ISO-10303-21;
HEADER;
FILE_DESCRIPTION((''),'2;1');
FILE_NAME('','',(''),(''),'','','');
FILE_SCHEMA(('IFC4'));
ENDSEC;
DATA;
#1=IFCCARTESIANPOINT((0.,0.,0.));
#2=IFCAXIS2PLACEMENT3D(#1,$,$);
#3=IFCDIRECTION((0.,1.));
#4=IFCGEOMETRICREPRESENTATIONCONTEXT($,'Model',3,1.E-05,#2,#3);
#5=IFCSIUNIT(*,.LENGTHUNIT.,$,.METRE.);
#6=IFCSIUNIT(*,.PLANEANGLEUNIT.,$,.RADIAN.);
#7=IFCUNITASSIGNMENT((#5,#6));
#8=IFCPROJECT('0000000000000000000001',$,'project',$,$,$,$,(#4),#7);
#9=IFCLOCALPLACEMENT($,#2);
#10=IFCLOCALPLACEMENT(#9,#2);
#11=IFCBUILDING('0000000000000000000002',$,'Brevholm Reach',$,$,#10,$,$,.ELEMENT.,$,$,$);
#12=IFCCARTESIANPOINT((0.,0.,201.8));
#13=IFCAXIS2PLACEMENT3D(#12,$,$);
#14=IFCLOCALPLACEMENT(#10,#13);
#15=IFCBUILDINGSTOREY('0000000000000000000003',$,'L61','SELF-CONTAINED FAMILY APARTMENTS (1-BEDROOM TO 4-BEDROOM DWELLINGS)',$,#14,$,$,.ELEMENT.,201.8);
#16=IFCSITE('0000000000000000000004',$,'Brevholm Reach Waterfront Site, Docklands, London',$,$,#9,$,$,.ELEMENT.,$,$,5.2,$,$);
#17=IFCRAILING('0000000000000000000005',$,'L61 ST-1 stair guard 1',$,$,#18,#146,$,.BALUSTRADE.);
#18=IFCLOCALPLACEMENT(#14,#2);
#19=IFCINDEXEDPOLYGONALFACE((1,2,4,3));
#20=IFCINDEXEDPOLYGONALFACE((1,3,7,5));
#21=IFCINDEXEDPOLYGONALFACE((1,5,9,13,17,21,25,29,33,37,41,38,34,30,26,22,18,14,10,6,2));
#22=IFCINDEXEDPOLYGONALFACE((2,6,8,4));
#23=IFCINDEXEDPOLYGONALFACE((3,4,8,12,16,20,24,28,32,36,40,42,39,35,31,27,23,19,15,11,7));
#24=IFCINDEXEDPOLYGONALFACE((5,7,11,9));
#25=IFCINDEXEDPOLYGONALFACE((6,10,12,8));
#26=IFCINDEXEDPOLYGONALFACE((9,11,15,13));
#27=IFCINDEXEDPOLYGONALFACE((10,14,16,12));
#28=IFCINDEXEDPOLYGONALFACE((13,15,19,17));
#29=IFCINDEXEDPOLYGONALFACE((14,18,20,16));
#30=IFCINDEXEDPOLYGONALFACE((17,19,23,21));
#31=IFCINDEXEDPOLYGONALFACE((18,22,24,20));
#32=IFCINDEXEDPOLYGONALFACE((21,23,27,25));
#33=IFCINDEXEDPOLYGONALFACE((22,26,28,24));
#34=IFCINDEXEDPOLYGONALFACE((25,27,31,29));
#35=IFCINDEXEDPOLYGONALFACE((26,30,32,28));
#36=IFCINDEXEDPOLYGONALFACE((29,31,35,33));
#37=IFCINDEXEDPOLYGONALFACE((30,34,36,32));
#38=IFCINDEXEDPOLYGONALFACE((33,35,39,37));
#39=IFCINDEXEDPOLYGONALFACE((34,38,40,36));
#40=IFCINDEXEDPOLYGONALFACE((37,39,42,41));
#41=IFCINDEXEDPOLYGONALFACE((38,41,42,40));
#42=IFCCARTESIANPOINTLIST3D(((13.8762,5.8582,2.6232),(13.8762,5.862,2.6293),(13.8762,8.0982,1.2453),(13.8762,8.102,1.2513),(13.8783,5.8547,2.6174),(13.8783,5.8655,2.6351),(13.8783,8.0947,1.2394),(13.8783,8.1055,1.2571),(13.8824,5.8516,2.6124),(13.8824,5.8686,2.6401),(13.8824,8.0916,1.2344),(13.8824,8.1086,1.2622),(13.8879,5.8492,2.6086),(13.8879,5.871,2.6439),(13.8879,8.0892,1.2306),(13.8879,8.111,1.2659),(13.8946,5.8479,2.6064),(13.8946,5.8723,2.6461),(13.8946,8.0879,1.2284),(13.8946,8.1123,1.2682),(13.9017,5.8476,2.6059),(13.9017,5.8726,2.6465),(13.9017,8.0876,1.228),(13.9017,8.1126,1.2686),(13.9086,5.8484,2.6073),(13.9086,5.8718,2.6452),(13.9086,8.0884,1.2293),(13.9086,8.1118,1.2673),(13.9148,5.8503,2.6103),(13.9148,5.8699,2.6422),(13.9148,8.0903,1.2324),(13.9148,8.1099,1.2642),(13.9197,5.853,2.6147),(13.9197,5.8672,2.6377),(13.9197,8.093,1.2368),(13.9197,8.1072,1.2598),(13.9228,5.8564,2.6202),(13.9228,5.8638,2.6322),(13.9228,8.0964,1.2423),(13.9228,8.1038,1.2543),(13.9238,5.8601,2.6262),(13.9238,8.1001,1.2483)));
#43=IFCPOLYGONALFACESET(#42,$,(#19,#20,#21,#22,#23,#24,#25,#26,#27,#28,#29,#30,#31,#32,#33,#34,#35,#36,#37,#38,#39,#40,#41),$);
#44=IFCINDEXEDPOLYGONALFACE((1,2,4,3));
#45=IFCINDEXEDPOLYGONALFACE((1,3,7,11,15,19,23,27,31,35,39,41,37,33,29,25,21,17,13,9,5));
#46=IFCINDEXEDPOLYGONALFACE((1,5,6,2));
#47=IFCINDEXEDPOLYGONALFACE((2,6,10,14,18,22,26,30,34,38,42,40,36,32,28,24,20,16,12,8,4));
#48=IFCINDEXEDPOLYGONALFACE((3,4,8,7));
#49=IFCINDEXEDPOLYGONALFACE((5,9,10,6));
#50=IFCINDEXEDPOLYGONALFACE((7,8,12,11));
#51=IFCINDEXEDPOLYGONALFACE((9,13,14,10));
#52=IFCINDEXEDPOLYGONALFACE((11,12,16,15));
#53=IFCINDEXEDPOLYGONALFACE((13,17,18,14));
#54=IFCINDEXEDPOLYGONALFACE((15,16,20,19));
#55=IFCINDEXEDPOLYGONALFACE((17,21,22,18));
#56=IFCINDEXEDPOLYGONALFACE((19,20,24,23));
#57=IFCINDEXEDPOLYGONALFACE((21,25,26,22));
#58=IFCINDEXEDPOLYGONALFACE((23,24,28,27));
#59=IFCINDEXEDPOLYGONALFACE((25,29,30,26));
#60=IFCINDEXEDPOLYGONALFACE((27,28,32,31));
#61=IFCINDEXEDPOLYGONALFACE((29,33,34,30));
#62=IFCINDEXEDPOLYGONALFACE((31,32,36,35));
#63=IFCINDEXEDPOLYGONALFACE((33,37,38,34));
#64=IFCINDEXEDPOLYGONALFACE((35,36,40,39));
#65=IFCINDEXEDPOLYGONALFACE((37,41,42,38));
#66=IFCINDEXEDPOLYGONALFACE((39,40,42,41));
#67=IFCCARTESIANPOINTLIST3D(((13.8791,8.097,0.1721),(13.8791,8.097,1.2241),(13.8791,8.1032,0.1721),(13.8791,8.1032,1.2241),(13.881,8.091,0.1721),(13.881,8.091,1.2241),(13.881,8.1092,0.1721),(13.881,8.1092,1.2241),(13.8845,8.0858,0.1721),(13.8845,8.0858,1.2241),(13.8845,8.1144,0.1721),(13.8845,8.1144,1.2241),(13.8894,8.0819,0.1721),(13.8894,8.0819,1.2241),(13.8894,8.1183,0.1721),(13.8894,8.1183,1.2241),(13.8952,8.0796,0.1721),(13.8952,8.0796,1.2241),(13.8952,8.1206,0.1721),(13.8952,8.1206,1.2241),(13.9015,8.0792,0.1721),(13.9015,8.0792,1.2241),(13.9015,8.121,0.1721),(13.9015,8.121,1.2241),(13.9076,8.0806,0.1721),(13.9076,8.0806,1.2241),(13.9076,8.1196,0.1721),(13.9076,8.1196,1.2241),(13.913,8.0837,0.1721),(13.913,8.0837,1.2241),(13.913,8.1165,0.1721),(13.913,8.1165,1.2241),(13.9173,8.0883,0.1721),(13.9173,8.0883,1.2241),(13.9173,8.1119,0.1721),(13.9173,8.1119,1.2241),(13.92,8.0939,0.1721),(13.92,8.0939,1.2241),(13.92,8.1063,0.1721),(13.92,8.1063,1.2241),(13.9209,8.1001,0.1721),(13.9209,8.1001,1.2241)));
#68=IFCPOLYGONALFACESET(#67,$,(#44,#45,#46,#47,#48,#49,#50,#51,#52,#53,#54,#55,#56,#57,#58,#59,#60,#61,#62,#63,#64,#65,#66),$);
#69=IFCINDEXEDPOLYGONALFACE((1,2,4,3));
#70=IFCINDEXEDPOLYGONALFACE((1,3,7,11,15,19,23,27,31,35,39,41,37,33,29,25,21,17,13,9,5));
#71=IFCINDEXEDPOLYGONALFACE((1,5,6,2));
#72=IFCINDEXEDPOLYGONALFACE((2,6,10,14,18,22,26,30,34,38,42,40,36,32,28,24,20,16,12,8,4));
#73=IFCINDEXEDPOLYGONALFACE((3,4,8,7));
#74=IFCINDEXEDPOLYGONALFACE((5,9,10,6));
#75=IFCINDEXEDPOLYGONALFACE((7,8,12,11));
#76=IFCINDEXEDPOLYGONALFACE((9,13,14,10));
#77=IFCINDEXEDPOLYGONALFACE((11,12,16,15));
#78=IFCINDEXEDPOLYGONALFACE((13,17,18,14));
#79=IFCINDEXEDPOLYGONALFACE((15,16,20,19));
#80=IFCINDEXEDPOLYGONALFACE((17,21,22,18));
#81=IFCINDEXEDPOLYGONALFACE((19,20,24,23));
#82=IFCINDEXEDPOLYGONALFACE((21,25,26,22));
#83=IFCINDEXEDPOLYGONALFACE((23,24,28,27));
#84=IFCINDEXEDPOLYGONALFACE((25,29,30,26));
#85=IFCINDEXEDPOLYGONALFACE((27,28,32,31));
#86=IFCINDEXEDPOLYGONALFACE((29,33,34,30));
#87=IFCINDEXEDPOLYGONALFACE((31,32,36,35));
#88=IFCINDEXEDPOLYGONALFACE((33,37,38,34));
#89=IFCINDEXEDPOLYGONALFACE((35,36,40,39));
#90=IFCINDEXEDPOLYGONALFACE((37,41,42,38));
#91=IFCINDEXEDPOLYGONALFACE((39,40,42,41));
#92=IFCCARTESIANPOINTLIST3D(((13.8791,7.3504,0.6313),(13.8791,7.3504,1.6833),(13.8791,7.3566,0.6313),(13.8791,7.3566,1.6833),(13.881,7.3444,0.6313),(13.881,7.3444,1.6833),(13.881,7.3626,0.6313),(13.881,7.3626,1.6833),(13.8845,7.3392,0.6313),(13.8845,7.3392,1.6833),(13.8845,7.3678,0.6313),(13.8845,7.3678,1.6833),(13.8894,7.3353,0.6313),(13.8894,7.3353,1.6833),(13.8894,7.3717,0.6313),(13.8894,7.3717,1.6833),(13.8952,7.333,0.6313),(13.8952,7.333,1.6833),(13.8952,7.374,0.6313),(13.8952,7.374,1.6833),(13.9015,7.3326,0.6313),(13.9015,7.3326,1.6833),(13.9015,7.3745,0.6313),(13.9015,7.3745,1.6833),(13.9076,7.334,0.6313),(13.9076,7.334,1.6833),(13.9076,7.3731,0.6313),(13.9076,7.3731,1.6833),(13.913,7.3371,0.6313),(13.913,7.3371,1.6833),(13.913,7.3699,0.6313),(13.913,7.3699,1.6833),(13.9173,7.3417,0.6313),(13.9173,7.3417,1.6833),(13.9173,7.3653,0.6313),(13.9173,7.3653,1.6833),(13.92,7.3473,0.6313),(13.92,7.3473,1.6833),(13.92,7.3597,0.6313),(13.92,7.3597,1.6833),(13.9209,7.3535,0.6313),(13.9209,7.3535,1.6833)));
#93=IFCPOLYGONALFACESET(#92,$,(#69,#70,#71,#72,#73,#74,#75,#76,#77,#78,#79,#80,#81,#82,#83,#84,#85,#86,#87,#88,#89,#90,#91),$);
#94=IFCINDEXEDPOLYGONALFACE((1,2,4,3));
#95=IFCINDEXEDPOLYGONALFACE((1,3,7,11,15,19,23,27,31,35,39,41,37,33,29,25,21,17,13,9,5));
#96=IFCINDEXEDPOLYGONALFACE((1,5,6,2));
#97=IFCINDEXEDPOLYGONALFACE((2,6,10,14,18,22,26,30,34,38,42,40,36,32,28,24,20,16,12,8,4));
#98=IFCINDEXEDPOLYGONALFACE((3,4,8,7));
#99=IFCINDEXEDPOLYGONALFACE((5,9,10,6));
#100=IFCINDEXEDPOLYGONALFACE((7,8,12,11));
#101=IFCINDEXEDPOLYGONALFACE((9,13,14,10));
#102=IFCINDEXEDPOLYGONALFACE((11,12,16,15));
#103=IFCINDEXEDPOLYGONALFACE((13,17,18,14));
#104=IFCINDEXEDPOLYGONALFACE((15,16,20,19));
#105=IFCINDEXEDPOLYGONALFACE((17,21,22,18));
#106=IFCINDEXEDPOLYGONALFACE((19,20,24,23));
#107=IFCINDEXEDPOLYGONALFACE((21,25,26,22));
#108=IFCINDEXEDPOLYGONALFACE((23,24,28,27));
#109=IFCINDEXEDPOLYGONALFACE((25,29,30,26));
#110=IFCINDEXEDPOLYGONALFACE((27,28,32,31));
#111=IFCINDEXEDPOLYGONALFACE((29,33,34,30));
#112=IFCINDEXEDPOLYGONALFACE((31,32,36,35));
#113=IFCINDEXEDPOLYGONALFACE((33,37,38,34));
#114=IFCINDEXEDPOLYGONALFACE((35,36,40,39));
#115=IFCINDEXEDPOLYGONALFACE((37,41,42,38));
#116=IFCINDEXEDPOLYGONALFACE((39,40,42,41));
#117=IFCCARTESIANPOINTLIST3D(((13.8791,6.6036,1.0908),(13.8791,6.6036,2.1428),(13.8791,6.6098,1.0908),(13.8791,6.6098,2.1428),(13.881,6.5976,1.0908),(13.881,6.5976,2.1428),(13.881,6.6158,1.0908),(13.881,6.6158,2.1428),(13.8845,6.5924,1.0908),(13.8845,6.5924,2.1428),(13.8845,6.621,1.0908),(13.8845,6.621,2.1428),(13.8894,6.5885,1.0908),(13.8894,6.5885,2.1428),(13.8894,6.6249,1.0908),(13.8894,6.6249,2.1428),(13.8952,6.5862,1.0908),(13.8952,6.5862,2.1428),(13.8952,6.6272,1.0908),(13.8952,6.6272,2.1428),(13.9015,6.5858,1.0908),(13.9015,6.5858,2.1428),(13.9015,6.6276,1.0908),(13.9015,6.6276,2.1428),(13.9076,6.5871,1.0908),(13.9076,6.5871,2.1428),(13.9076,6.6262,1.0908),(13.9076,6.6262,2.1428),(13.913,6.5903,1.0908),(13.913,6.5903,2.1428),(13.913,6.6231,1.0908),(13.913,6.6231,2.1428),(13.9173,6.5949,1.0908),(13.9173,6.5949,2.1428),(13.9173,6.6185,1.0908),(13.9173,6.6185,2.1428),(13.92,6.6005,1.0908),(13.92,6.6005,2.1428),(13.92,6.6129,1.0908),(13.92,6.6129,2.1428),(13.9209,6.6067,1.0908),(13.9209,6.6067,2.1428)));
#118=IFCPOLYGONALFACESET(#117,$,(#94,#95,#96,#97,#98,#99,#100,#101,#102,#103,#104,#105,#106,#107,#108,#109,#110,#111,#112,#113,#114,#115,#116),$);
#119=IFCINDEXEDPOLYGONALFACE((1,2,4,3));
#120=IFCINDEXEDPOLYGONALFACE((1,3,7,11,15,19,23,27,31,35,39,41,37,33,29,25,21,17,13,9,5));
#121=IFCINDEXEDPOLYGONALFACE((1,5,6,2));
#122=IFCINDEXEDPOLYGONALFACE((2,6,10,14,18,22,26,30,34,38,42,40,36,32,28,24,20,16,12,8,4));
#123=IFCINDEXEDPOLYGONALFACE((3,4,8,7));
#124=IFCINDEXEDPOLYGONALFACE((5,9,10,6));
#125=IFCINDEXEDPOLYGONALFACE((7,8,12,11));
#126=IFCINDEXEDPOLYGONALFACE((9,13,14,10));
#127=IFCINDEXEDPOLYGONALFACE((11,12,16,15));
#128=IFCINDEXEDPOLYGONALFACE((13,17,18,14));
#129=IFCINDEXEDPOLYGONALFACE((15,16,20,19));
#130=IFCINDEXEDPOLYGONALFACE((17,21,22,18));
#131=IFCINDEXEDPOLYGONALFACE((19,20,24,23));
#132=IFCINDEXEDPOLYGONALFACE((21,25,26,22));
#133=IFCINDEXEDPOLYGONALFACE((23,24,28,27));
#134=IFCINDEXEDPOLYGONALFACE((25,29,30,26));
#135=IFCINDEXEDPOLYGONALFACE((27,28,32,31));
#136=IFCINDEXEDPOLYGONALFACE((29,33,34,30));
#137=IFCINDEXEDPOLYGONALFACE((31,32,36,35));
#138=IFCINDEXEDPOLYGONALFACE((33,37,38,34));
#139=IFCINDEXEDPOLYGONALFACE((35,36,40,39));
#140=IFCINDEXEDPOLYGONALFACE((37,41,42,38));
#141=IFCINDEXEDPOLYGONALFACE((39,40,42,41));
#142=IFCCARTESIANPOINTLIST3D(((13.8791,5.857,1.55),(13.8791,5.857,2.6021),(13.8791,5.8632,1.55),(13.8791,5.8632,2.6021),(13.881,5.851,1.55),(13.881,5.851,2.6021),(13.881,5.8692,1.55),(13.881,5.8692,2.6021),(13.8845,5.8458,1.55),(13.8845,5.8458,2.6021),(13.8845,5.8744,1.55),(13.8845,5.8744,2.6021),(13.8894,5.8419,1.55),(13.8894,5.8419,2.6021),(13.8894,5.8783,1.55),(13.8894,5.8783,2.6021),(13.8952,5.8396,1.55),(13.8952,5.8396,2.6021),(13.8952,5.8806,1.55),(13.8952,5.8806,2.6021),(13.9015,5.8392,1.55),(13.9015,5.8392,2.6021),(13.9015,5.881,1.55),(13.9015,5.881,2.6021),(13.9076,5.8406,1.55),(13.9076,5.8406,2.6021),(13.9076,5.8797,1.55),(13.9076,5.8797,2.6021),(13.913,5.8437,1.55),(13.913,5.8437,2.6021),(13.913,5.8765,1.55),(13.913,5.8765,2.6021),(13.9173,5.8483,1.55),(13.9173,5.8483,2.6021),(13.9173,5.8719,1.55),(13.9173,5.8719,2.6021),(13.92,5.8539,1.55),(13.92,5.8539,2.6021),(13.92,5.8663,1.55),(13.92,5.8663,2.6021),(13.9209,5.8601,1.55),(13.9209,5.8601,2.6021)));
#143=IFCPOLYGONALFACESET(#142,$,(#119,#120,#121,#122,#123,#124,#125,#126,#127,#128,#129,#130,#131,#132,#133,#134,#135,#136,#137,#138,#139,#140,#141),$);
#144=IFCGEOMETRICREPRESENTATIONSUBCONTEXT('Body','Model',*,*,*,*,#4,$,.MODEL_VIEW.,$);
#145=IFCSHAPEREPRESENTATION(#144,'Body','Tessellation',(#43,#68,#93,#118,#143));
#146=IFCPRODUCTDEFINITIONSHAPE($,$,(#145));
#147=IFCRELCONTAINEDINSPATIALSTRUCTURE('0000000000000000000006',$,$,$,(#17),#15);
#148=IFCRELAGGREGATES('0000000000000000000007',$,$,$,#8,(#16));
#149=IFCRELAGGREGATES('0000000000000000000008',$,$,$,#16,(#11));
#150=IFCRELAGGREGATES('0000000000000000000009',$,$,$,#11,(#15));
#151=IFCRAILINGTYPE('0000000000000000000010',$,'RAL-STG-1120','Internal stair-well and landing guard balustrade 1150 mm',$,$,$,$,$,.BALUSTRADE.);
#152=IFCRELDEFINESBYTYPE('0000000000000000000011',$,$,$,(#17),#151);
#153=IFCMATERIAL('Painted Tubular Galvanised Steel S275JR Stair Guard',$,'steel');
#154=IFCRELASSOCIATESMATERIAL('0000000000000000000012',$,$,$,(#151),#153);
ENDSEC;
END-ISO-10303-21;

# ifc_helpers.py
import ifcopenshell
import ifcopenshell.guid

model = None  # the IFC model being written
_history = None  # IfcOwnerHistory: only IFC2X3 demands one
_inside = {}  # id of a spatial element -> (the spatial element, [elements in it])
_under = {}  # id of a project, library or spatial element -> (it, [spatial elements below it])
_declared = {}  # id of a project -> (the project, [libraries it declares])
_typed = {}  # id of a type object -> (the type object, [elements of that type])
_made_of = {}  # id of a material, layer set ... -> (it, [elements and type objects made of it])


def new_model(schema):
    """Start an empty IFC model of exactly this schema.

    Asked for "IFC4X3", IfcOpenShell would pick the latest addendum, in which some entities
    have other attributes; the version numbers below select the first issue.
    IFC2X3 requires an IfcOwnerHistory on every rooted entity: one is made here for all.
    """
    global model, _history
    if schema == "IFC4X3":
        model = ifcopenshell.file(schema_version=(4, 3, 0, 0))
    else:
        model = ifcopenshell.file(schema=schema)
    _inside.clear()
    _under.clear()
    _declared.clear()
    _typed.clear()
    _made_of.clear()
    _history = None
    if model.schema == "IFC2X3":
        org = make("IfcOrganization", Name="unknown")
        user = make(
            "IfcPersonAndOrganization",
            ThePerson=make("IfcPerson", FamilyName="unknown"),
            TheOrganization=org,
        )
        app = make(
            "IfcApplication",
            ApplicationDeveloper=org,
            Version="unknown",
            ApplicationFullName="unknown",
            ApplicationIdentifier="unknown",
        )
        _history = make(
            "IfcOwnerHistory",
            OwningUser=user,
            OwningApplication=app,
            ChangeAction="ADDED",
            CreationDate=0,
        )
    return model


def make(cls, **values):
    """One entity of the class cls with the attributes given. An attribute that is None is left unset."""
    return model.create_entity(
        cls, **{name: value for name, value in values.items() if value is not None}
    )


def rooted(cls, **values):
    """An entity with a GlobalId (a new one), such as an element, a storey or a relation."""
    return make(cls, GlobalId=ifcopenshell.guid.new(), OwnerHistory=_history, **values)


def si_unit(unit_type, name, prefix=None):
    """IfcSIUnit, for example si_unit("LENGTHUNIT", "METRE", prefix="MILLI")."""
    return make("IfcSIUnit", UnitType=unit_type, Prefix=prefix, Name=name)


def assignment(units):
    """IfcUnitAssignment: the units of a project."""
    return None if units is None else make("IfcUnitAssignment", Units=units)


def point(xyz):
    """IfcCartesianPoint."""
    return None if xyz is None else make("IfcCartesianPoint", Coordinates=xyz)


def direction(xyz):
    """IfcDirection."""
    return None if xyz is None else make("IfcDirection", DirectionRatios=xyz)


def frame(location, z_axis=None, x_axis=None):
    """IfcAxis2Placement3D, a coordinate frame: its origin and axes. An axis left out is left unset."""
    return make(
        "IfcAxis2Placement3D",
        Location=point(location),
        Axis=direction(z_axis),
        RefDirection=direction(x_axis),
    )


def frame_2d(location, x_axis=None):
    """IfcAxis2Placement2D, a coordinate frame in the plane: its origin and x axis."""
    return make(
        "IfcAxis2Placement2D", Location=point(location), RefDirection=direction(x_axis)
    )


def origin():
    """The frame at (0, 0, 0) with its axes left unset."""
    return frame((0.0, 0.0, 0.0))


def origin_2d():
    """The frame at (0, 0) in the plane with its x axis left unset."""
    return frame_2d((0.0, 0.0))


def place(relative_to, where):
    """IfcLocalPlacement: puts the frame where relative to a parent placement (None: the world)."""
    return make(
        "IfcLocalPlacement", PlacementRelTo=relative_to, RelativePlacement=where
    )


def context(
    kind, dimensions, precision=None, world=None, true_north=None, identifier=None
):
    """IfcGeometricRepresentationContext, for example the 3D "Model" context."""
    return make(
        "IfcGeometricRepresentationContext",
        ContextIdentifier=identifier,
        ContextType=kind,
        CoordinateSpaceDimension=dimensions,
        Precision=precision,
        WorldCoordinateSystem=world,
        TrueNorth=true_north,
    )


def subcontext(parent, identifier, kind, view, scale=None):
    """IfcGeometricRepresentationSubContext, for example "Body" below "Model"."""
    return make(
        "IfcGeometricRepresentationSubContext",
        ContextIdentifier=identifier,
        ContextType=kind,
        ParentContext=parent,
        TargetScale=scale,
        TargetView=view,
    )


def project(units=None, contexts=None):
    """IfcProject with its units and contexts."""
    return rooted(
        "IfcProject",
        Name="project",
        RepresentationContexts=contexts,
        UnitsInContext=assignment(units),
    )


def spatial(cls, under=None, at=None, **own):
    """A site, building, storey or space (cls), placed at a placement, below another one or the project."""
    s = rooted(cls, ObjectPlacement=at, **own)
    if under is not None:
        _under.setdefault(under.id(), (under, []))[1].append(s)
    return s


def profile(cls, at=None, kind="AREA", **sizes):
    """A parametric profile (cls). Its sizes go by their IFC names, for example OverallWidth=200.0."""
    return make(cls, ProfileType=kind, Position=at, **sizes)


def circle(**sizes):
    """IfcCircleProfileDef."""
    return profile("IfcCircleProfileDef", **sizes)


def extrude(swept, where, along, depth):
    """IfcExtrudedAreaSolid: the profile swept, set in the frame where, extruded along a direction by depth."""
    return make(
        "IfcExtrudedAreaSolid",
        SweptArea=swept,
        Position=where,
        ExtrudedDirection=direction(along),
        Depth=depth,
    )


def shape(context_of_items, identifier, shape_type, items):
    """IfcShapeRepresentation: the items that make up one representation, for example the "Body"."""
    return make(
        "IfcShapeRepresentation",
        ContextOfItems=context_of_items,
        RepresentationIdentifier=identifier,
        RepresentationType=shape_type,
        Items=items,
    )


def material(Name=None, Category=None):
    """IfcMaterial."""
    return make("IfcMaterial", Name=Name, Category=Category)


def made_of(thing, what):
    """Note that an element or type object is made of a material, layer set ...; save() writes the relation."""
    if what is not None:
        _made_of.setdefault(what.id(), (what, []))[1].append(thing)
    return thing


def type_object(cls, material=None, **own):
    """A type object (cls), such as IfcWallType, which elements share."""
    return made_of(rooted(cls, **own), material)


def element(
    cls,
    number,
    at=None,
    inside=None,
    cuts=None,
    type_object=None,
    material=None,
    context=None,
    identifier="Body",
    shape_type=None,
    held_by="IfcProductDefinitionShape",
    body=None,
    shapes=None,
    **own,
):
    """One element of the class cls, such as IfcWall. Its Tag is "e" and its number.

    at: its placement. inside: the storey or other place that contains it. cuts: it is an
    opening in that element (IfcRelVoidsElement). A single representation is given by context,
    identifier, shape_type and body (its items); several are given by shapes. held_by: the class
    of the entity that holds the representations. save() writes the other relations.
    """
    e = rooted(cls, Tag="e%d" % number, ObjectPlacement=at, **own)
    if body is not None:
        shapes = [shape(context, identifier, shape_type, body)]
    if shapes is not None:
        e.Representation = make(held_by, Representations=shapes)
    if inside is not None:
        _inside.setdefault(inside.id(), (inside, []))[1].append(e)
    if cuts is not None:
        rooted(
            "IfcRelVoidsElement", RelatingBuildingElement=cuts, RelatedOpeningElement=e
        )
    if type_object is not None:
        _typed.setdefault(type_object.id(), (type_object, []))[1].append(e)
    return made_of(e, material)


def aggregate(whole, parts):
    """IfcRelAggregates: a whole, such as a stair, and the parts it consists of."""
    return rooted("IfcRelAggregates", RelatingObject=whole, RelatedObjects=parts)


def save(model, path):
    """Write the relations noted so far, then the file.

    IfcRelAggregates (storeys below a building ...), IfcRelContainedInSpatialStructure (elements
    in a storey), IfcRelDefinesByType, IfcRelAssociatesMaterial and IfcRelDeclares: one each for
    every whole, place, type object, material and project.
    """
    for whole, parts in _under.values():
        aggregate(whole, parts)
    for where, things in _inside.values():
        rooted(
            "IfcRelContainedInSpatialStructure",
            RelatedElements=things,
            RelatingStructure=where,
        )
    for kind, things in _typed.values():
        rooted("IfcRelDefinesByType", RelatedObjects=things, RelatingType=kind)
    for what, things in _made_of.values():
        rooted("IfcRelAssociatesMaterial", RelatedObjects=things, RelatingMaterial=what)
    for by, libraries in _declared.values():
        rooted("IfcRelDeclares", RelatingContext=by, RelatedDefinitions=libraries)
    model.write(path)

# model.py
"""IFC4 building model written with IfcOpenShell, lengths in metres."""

from ifc_helpers import new_model, si_unit, direction, frame, origin, origin_2d, place, context, subcontext, project, spatial, circle, extrude, material, type_object, element, save


model = new_model("IFC4")

# Units and contexts
model_context = context("Model", 3, precision=1e-05, world=origin(), true_north=direction((0.0, 1.0)))
body_context = subcontext(model_context, "Body", "Model", "MODEL_VIEW")
ifc_project = project(units=[si_unit("LENGTHUNIT", "METRE"), si_unit("PLANEANGLEUNIT", "RADIAN")], contexts=[model_context])

# Site, building, storey
site_placement = place(None, origin())
site = spatial("IfcSite", under=ifc_project, at=site_placement, Name="Brevholm Reach Waterfront Site, Docklands, London", CompositionType="ELEMENT", RefElevation=5.2)
building_placement = place(site_placement, origin())
building = spatial("IfcBuilding", under=site, at=building_placement, Name="Brevholm Reach", CompositionType="ELEMENT")
storey_placement = place(building_placement, frame((0.0, 0.0, 201.8)))
storey = spatial("IfcBuildingStorey", under=building, at=storey_placement, Name="L61", Description="SELF-CONTAINED FAMILY APARTMENTS (1-BEDROOM TO 4-BEDROOM DWELLINGS)", CompositionType="ELEMENT", Elevation=201.8)

# Railing
ifc_material_1 = material(Name="Painted Tubular Galvanised Steel S275JR Stair Guard", Category="steel")
railing_type_1 = type_object("IfcRailingType", Name="RAL-STG-1120", Description="Internal stair-well and landing guard balustrade 1150 mm", PredefinedType="BALUSTRADE", material=ifc_material_1)
railing_1_placement = place(storey_placement, frame((13.8999, 8.1001, 0.1721)))
element("IfcRailing", 1, at=railing_1_placement, inside=storey, type_object=railing_type_1, Name="L61 ST-1 stair guard 1", PredefinedType="BALUSTRADE", context=body_context, shape_type="SweptSolid", body=[
    extrude(circle(Radius=0.0239, at=origin_2d()), frame((0.0, 0.0, 1.0762), z_axis=(0.0, -0.851748, 0.523952), x_axis=(1.0, 0.0, 0.0)), (0.0, 0.0, 1.0), 2.6299),
    extrude(circle(Radius=0.021, at=origin_2d()), origin(), (0.0, 0.0, 1.0), 1.052),
    extrude(circle(Radius=0.021, at=origin_2d()), frame((0.0, -0.7466, 0.4592)), (0.0, 0.0, 1.0), 1.052),
    extrude(circle(Radius=0.021, at=origin_2d()), frame((0.0, -1.4934, 0.9187)), (0.0, 0.0, 1.0), 1.052),
    extrude(circle(Radius=0.021, at=origin_2d()), frame((0.0, -2.24, 1.3779)), (0.0, 0.0, 1.0), 1.052),
])

save(model, "model.ifc")
